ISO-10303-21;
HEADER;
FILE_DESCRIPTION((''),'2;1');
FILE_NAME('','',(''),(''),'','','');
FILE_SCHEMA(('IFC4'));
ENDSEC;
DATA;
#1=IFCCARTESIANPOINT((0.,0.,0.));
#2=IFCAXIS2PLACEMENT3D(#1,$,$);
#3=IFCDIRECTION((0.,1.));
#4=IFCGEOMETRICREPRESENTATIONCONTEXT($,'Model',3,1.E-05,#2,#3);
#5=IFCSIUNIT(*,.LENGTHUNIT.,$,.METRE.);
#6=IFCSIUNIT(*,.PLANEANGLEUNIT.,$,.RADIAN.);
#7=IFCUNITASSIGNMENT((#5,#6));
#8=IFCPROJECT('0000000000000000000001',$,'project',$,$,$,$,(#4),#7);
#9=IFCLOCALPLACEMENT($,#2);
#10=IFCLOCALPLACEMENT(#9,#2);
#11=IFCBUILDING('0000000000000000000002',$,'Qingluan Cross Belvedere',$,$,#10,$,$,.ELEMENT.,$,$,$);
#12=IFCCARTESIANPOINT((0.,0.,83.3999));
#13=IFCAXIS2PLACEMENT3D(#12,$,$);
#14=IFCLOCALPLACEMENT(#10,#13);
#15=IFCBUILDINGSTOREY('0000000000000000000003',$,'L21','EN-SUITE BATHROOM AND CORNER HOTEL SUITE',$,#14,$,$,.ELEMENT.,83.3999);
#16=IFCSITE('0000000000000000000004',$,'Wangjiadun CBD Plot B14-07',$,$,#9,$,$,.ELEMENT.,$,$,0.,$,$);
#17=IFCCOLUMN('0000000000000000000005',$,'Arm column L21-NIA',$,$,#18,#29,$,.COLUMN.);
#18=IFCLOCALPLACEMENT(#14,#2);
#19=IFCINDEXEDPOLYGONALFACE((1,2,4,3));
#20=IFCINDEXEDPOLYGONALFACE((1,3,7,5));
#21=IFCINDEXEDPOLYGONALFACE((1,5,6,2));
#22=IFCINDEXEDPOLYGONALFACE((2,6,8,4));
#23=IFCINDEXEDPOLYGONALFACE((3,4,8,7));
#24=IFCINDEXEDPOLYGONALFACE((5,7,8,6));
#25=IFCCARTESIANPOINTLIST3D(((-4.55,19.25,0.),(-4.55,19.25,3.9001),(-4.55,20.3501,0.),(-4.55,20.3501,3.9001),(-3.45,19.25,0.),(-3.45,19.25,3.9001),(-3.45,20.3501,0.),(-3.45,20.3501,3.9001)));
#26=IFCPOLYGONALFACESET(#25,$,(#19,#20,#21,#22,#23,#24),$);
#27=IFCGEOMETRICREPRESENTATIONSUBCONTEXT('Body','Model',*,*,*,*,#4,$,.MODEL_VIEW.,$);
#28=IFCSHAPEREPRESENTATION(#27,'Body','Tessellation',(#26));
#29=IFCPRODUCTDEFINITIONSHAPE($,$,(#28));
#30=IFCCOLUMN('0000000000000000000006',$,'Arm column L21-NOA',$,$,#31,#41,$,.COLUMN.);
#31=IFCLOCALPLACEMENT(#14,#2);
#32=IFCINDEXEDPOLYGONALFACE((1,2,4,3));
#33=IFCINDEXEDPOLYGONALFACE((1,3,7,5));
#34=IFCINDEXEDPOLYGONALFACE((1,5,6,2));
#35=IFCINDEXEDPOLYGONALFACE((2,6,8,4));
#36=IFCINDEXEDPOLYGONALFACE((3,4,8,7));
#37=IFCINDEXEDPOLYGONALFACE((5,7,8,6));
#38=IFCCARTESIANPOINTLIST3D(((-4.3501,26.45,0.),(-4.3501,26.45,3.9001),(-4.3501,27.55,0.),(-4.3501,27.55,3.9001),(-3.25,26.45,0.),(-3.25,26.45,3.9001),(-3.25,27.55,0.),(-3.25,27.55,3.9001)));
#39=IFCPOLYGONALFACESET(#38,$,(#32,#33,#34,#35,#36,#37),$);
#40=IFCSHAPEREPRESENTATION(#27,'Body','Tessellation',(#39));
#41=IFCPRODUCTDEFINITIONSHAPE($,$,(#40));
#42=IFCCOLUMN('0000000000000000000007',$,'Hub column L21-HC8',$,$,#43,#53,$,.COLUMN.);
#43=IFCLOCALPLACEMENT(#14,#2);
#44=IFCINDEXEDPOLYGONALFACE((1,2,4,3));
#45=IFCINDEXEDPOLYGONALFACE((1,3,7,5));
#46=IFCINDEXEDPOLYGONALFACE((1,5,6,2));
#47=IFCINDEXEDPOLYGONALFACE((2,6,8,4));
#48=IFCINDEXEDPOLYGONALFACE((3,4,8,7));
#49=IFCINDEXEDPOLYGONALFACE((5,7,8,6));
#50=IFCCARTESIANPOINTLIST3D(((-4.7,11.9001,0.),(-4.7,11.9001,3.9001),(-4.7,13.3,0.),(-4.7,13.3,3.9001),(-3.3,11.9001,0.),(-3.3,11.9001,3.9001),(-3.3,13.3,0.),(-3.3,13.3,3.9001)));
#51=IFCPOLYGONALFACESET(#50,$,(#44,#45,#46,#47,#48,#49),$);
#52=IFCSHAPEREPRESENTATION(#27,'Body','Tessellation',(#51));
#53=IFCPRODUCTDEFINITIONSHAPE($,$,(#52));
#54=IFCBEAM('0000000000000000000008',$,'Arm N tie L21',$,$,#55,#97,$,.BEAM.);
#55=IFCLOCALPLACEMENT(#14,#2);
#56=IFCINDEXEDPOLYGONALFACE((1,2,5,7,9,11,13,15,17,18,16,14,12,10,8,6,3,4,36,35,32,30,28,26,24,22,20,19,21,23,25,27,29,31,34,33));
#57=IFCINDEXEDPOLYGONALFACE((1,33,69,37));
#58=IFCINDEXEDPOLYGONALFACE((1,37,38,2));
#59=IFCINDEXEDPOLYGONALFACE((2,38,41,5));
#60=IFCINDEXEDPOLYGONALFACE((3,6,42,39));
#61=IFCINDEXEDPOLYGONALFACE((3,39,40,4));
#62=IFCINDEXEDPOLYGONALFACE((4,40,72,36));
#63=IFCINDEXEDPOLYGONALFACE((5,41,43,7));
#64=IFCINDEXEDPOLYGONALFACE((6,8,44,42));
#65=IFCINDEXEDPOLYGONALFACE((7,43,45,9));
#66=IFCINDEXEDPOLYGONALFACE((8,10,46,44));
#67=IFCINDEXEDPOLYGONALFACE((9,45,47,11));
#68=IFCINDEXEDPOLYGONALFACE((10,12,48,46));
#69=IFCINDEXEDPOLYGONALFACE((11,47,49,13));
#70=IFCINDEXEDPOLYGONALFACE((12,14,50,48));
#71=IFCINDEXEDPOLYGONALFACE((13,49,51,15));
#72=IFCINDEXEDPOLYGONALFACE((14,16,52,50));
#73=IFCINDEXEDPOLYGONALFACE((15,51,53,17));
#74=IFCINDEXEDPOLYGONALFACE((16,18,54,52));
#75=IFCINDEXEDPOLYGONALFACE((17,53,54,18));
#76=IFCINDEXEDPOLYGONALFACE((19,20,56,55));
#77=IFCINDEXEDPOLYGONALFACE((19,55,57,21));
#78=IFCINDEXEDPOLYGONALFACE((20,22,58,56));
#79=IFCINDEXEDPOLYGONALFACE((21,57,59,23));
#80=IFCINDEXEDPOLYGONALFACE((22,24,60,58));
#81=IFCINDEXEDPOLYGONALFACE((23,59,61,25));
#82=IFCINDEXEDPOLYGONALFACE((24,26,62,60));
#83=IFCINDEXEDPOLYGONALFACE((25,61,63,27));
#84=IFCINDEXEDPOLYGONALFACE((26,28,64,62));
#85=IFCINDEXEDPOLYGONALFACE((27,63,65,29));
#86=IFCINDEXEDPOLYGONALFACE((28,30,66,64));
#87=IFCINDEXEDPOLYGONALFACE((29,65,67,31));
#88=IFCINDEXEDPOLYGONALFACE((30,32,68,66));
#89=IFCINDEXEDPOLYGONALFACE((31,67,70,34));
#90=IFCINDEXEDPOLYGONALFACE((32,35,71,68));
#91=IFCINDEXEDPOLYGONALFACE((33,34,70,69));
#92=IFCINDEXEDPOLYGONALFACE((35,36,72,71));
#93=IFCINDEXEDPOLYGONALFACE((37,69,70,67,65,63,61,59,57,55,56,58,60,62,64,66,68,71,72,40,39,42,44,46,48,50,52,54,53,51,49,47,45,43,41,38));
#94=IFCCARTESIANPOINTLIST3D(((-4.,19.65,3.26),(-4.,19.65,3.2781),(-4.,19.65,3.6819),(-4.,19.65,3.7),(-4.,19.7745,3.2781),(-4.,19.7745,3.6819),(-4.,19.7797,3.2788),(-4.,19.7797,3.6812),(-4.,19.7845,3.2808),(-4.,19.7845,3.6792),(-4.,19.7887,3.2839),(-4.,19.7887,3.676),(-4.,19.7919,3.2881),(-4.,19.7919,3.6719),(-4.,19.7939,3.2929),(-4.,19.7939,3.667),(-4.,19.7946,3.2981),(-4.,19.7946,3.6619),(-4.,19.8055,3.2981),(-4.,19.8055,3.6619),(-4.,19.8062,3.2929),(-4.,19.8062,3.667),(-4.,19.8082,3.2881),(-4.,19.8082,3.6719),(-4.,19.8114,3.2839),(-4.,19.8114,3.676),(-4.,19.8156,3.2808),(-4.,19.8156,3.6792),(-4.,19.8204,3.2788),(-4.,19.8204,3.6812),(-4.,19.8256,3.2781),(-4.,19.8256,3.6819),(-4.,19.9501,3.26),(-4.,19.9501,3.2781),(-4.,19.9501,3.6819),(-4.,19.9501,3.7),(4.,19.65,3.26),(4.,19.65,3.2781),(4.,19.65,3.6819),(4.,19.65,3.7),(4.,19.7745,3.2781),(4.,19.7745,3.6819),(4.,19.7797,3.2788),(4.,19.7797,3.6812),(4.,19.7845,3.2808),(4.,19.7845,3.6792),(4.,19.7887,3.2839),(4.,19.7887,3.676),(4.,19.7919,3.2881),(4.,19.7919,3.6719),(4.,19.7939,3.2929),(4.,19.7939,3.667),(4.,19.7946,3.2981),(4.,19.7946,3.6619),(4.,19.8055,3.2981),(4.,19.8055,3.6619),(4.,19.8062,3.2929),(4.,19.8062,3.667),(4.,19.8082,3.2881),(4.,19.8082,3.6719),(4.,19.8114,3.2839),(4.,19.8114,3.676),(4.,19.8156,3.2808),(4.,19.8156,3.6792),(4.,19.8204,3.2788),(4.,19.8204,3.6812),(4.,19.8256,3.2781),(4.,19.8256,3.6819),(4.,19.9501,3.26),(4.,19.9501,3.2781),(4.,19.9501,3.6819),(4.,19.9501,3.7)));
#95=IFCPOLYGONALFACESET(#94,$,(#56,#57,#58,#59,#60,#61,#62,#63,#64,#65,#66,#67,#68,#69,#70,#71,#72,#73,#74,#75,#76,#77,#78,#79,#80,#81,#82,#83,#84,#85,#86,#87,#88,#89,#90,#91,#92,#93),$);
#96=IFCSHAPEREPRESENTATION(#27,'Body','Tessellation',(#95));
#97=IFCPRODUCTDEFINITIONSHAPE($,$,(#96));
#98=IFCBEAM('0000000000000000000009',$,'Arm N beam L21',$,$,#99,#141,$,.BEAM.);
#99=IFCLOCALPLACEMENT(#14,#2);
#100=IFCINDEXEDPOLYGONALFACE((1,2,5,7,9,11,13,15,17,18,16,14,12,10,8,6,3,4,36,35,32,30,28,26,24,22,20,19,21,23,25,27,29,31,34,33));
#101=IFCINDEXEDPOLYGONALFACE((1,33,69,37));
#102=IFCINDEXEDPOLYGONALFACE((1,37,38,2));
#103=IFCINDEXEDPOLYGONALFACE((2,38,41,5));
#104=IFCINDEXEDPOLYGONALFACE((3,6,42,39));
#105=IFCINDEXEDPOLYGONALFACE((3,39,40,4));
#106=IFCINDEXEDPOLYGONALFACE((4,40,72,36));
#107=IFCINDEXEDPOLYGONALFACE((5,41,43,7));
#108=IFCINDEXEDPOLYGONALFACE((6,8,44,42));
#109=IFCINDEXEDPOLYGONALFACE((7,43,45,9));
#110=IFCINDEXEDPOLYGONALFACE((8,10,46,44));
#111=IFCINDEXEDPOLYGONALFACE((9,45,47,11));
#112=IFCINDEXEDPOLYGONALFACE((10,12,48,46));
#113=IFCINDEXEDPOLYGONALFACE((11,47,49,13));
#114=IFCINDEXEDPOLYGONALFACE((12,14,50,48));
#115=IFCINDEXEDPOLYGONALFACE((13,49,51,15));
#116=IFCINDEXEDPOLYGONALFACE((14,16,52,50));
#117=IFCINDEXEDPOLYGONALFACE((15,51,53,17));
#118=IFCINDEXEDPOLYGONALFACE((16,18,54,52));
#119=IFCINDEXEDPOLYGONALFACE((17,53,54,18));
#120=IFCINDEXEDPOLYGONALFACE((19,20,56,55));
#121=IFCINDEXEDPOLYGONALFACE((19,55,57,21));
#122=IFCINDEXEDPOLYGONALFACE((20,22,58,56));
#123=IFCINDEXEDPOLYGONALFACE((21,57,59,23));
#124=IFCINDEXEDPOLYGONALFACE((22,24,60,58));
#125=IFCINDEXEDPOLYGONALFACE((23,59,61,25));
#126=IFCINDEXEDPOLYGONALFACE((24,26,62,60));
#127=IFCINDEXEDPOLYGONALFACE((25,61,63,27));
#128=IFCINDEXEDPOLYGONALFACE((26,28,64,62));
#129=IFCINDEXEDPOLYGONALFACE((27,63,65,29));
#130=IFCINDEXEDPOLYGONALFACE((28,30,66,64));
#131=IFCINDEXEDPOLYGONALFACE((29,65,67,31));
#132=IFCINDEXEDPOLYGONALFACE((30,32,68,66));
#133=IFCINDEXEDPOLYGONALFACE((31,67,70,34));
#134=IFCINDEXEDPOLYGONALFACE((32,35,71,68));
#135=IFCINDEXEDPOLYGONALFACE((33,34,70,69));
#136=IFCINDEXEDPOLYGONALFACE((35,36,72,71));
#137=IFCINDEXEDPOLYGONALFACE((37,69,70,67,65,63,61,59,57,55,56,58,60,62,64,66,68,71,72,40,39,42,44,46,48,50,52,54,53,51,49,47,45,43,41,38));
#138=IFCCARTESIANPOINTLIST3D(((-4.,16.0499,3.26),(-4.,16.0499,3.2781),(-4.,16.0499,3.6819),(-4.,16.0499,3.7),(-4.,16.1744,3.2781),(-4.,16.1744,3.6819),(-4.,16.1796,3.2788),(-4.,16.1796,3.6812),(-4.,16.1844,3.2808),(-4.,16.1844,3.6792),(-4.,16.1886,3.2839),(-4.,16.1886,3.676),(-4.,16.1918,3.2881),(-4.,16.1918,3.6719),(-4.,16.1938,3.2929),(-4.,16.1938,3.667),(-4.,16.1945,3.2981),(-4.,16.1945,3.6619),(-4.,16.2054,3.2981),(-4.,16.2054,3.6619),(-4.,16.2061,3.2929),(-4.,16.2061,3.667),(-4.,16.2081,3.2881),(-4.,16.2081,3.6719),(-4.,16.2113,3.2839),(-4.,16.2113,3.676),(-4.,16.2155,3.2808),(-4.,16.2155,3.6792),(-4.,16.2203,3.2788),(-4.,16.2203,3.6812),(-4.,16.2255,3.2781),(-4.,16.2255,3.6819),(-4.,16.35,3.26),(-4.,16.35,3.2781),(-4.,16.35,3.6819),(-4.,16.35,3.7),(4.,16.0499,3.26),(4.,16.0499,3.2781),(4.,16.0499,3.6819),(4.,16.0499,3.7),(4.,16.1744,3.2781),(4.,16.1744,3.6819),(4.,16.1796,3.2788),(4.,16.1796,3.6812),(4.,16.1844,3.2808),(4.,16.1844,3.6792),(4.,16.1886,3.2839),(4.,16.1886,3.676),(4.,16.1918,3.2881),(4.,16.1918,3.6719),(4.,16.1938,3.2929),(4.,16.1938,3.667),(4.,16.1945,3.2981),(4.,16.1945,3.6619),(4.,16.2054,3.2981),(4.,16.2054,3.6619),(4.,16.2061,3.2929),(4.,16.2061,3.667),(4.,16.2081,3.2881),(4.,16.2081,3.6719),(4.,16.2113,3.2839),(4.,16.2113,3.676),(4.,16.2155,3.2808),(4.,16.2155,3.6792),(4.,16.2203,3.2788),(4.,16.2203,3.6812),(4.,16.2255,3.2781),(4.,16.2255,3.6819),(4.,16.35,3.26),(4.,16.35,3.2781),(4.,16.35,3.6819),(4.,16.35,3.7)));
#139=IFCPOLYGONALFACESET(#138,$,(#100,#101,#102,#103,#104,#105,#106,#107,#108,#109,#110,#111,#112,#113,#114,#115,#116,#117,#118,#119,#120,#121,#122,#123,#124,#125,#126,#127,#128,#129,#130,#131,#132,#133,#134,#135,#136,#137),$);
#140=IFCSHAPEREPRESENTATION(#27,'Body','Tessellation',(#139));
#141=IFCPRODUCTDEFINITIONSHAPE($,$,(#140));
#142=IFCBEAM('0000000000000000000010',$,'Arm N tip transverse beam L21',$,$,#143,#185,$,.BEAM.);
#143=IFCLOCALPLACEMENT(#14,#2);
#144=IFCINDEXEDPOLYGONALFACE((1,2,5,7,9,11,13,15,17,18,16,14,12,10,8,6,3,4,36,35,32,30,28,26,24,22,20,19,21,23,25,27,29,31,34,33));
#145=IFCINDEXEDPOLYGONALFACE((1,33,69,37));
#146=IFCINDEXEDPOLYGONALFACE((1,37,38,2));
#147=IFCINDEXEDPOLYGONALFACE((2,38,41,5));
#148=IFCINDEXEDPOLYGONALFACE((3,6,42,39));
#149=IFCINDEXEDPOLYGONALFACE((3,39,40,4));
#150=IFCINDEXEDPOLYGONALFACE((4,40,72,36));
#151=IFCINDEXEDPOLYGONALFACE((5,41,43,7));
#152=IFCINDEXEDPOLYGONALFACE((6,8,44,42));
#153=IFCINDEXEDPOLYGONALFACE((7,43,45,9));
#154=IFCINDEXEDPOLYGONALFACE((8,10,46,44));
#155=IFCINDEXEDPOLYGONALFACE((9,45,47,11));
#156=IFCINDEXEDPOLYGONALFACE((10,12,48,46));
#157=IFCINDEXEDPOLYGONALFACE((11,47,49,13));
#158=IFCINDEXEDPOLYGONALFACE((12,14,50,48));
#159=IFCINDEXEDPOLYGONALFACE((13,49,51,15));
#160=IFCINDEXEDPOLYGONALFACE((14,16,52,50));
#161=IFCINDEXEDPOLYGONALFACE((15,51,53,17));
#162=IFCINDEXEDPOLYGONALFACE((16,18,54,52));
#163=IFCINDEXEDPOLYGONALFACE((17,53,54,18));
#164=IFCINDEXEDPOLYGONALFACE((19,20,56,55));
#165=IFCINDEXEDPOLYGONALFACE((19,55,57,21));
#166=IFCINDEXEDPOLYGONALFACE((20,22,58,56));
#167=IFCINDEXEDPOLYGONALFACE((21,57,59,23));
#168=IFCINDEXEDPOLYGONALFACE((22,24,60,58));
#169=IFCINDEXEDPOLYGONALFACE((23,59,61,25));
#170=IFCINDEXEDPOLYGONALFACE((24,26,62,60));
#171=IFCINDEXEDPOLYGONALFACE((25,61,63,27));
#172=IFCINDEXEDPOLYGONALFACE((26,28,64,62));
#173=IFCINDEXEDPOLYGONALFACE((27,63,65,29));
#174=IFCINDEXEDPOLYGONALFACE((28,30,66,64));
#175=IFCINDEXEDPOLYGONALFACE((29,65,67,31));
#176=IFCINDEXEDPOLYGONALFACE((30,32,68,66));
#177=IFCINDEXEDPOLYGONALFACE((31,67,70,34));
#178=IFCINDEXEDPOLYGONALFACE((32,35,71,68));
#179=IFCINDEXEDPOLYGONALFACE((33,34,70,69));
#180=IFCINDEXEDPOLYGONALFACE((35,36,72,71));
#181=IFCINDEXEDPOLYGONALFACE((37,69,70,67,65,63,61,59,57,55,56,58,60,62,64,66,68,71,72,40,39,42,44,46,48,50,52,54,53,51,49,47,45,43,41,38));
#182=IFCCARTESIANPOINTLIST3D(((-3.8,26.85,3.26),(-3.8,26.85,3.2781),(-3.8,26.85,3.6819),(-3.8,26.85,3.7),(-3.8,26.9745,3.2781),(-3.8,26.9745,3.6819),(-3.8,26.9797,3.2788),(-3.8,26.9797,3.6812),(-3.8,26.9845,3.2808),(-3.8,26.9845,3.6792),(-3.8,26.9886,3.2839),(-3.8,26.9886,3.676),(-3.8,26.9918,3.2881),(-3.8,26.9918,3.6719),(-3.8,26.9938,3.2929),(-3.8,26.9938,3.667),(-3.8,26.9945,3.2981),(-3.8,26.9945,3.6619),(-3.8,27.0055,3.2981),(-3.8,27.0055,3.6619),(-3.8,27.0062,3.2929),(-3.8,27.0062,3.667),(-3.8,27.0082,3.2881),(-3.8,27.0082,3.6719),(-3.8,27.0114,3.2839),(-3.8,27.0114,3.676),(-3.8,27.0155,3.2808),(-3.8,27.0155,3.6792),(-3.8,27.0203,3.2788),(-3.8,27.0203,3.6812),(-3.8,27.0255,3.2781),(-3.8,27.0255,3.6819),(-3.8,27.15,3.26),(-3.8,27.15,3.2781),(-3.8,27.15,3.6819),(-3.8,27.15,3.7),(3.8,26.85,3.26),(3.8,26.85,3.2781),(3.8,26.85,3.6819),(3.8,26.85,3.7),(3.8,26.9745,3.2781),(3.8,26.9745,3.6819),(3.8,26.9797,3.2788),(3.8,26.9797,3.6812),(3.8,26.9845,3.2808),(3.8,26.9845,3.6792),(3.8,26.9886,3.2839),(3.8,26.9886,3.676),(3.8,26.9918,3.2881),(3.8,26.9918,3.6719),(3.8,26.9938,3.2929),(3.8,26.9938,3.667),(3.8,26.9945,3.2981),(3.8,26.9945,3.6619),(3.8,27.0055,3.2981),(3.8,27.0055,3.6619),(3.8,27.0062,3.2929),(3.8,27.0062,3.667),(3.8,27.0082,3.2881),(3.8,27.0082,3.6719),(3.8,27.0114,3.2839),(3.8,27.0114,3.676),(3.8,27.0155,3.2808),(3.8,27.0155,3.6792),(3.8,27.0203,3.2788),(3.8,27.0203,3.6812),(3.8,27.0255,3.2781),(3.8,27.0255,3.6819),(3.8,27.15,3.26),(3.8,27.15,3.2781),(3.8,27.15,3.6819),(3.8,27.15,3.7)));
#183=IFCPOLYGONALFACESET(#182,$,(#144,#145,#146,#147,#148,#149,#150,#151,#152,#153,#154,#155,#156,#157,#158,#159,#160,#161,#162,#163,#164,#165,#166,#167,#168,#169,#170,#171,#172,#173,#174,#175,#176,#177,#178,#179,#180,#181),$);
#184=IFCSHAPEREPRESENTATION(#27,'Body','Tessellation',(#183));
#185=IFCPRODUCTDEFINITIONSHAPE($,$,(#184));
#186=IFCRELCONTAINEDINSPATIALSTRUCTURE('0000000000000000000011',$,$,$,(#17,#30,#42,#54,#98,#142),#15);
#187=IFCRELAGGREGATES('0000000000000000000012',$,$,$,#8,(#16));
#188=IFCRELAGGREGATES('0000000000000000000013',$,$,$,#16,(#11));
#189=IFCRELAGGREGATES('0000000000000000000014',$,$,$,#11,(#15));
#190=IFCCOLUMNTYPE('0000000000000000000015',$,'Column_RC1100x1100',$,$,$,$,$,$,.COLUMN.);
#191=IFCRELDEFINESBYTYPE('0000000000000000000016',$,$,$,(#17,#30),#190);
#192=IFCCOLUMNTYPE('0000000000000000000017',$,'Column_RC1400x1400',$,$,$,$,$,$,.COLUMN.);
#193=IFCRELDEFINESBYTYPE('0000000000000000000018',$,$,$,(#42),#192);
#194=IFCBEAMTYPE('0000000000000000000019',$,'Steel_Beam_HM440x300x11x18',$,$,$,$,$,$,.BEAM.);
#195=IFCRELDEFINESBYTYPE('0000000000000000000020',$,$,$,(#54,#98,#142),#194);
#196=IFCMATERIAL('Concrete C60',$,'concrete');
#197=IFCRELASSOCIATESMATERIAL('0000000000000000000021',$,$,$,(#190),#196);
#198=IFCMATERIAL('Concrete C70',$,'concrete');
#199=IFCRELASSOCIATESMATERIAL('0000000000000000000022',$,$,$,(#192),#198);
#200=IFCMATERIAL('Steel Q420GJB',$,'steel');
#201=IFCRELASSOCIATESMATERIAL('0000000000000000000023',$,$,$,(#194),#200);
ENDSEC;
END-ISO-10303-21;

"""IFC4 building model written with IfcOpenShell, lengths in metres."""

from ifc_helpers import new_model, si_unit, direction, frame, origin, origin_2d, place, context, subcontext, project, spatial, rectangle, i_section, extrude, material, material_profile, profile_set, type_object, element, save


model = new_model("IFC4")

# Units and contexts
model_context = context("Model", 3, precision=1e-05, world=origin(), true_north=direction((0.0, 1.0)))
body_context = subcontext(model_context, "Body", "Model", "MODEL_VIEW")
ifc_project = project(units=[si_unit("LENGTHUNIT", "METRE"), si_unit("PLANEANGLEUNIT", "RADIAN")], contexts=[model_context])

# Site, building, storey
site_placement = place(None, origin())
site = spatial("IfcSite", under=ifc_project, at=site_placement, Name="Wangjiadun CBD Plot B14-07", CompositionType="ELEMENT", RefElevation=0.0)
building_placement = place(site_placement, origin())
building = spatial("IfcBuilding", under=site, at=building_placement, Name="Qingluan Cross Belvedere", CompositionType="ELEMENT")
storey_placement = place(building_placement, frame((0.0, 0.0, 83.3999)))
storey = spatial("IfcBuildingStorey", under=building, at=storey_placement, Name="L21", Description="EN-SUITE BATHROOM AND CORNER HOTEL SUITE", CompositionType="ELEMENT", Elevation=83.3999)

# Columns
ifc_material_1 = material(Name="Concrete C60", Category="concrete")
ifc_material_profile_1 = material_profile(ifc_material_1, rectangle(XDim=1.1001, YDim=1.1001, at=origin_2d()), Name="RC1100x1100")
ifc_profile_set_1 = profile_set([ifc_material_profile_1], Name="Concrete C60")
column_type_1 = type_object("IfcColumnType", Name="Column_RC1100x1100", PredefinedType="COLUMN", material=ifc_profile_set_1)
for number, where, z_axis, x_axis, name in (
    (1, (-4.0, 19.8, 0.0), (0.0, 0.0, 1.0), (1.0, 0.0, 0.0), "Arm column L21-NIA"),
    (2, (-3.8, 27.0, 0.0), (0.0, 0.0, 1.0), (1.0, 0.0, 0.0), "Arm column L21-NOA"),
):
    element("IfcColumn", number, at=place(storey_placement, frame(where, z_axis=z_axis, x_axis=x_axis)), inside=storey, type_object=column_type_1, Name=name, PredefinedType="COLUMN", context=body_context, shape_type="SweptSolid", body=[
        extrude(rectangle(XDim=1.1001, YDim=1.1001, at=origin_2d()), origin(), (0.0, 0.0, 1.0), 3.9001),
    ])
ifc_material_2 = material(Name="Concrete C70", Category="concrete")
ifc_material_profile_2 = material_profile(ifc_material_2, rectangle(XDim=1.3999, YDim=1.3999, at=origin_2d()), Name="RC1400x1400")
ifc_profile_set_2 = profile_set([ifc_material_profile_2], Name="Concrete C70")
column_type_2 = type_object("IfcColumnType", Name="Column_RC1400x1400", PredefinedType="COLUMN", material=ifc_profile_set_2)
column_placement = place(storey_placement, frame((-4.0, 12.6001, 0.0), z_axis=(0.0, 0.0, 1.0), x_axis=(1.0, 0.0, 0.0)))
element("IfcColumn", 3, at=column_placement, inside=storey, type_object=column_type_2, Name="Hub column L21-HC8", PredefinedType="COLUMN", context=body_context, shape_type="SweptSolid", body=[
    extrude(rectangle(XDim=1.3999, YDim=1.3999, at=origin_2d()), origin(), (0.0, 0.0, 1.0), 3.9001),
])

# Beams
ifc_material_3 = material(Name="Steel Q420GJB", Category="steel")
ifc_material_profile_3 = material_profile(ifc_material_3, i_section(OverallWidth=0.3, OverallDepth=0.4399, WebThickness=0.011, FlangeThickness=0.0181, FilletRadius=0.02, at=origin_2d()), Name="HM440x300x11x18")
ifc_profile_set_3 = profile_set([ifc_material_profile_3], Name="Steel Q420GJB")
beam_type_1 = type_object("IfcBeamType", Name="Steel_Beam_HM440x300x11x18", PredefinedType="BEAM", material=ifc_profile_set_3)
for number, where, z_axis, x_axis, name in (
    (4, (-4.0, 19.8, 3.48), (1.0, 0.0, 0.0), (0.0, 1.0, 0.0), "Arm N tie L21"),
    (5, (-4.0, 16.2, 3.48), (1.0, 0.0, 0.0), (0.0, 1.0, 0.0), "Arm N beam L21"),
):
    element("IfcBeam", number, at=place(storey_placement, frame(where, z_axis=z_axis, x_axis=x_axis)), inside=storey, type_object=beam_type_1, Name=name, PredefinedType="BEAM", context=body_context, shape_type="SweptSolid", body=[
        extrude(i_section(OverallWidth=0.3, OverallDepth=0.4399, WebThickness=0.011, FlangeThickness=0.0181, FilletRadius=0.02, at=origin_2d()), origin(), (0.0, 0.0, 1.0), 8.0),
    ])
beam_1_placement = place(storey_placement, frame((-3.8, 27.0, 3.48), z_axis=(1.0, 0.0, 0.0), x_axis=(0.0, 1.0, 0.0)))
element("IfcBeam", 6, at=beam_1_placement, inside=storey, type_object=beam_type_1, Name="Arm N tip transverse beam L21", PredefinedType="BEAM", context=body_context, shape_type="SweptSolid", body=[
    extrude(i_section(OverallWidth=0.3, OverallDepth=0.4399, WebThickness=0.011, FlangeThickness=0.0181, FilletRadius=0.02, at=origin_2d()), origin(), (0.0, 0.0, 1.0), 7.6001),
])

save(model, "model.ifc")
